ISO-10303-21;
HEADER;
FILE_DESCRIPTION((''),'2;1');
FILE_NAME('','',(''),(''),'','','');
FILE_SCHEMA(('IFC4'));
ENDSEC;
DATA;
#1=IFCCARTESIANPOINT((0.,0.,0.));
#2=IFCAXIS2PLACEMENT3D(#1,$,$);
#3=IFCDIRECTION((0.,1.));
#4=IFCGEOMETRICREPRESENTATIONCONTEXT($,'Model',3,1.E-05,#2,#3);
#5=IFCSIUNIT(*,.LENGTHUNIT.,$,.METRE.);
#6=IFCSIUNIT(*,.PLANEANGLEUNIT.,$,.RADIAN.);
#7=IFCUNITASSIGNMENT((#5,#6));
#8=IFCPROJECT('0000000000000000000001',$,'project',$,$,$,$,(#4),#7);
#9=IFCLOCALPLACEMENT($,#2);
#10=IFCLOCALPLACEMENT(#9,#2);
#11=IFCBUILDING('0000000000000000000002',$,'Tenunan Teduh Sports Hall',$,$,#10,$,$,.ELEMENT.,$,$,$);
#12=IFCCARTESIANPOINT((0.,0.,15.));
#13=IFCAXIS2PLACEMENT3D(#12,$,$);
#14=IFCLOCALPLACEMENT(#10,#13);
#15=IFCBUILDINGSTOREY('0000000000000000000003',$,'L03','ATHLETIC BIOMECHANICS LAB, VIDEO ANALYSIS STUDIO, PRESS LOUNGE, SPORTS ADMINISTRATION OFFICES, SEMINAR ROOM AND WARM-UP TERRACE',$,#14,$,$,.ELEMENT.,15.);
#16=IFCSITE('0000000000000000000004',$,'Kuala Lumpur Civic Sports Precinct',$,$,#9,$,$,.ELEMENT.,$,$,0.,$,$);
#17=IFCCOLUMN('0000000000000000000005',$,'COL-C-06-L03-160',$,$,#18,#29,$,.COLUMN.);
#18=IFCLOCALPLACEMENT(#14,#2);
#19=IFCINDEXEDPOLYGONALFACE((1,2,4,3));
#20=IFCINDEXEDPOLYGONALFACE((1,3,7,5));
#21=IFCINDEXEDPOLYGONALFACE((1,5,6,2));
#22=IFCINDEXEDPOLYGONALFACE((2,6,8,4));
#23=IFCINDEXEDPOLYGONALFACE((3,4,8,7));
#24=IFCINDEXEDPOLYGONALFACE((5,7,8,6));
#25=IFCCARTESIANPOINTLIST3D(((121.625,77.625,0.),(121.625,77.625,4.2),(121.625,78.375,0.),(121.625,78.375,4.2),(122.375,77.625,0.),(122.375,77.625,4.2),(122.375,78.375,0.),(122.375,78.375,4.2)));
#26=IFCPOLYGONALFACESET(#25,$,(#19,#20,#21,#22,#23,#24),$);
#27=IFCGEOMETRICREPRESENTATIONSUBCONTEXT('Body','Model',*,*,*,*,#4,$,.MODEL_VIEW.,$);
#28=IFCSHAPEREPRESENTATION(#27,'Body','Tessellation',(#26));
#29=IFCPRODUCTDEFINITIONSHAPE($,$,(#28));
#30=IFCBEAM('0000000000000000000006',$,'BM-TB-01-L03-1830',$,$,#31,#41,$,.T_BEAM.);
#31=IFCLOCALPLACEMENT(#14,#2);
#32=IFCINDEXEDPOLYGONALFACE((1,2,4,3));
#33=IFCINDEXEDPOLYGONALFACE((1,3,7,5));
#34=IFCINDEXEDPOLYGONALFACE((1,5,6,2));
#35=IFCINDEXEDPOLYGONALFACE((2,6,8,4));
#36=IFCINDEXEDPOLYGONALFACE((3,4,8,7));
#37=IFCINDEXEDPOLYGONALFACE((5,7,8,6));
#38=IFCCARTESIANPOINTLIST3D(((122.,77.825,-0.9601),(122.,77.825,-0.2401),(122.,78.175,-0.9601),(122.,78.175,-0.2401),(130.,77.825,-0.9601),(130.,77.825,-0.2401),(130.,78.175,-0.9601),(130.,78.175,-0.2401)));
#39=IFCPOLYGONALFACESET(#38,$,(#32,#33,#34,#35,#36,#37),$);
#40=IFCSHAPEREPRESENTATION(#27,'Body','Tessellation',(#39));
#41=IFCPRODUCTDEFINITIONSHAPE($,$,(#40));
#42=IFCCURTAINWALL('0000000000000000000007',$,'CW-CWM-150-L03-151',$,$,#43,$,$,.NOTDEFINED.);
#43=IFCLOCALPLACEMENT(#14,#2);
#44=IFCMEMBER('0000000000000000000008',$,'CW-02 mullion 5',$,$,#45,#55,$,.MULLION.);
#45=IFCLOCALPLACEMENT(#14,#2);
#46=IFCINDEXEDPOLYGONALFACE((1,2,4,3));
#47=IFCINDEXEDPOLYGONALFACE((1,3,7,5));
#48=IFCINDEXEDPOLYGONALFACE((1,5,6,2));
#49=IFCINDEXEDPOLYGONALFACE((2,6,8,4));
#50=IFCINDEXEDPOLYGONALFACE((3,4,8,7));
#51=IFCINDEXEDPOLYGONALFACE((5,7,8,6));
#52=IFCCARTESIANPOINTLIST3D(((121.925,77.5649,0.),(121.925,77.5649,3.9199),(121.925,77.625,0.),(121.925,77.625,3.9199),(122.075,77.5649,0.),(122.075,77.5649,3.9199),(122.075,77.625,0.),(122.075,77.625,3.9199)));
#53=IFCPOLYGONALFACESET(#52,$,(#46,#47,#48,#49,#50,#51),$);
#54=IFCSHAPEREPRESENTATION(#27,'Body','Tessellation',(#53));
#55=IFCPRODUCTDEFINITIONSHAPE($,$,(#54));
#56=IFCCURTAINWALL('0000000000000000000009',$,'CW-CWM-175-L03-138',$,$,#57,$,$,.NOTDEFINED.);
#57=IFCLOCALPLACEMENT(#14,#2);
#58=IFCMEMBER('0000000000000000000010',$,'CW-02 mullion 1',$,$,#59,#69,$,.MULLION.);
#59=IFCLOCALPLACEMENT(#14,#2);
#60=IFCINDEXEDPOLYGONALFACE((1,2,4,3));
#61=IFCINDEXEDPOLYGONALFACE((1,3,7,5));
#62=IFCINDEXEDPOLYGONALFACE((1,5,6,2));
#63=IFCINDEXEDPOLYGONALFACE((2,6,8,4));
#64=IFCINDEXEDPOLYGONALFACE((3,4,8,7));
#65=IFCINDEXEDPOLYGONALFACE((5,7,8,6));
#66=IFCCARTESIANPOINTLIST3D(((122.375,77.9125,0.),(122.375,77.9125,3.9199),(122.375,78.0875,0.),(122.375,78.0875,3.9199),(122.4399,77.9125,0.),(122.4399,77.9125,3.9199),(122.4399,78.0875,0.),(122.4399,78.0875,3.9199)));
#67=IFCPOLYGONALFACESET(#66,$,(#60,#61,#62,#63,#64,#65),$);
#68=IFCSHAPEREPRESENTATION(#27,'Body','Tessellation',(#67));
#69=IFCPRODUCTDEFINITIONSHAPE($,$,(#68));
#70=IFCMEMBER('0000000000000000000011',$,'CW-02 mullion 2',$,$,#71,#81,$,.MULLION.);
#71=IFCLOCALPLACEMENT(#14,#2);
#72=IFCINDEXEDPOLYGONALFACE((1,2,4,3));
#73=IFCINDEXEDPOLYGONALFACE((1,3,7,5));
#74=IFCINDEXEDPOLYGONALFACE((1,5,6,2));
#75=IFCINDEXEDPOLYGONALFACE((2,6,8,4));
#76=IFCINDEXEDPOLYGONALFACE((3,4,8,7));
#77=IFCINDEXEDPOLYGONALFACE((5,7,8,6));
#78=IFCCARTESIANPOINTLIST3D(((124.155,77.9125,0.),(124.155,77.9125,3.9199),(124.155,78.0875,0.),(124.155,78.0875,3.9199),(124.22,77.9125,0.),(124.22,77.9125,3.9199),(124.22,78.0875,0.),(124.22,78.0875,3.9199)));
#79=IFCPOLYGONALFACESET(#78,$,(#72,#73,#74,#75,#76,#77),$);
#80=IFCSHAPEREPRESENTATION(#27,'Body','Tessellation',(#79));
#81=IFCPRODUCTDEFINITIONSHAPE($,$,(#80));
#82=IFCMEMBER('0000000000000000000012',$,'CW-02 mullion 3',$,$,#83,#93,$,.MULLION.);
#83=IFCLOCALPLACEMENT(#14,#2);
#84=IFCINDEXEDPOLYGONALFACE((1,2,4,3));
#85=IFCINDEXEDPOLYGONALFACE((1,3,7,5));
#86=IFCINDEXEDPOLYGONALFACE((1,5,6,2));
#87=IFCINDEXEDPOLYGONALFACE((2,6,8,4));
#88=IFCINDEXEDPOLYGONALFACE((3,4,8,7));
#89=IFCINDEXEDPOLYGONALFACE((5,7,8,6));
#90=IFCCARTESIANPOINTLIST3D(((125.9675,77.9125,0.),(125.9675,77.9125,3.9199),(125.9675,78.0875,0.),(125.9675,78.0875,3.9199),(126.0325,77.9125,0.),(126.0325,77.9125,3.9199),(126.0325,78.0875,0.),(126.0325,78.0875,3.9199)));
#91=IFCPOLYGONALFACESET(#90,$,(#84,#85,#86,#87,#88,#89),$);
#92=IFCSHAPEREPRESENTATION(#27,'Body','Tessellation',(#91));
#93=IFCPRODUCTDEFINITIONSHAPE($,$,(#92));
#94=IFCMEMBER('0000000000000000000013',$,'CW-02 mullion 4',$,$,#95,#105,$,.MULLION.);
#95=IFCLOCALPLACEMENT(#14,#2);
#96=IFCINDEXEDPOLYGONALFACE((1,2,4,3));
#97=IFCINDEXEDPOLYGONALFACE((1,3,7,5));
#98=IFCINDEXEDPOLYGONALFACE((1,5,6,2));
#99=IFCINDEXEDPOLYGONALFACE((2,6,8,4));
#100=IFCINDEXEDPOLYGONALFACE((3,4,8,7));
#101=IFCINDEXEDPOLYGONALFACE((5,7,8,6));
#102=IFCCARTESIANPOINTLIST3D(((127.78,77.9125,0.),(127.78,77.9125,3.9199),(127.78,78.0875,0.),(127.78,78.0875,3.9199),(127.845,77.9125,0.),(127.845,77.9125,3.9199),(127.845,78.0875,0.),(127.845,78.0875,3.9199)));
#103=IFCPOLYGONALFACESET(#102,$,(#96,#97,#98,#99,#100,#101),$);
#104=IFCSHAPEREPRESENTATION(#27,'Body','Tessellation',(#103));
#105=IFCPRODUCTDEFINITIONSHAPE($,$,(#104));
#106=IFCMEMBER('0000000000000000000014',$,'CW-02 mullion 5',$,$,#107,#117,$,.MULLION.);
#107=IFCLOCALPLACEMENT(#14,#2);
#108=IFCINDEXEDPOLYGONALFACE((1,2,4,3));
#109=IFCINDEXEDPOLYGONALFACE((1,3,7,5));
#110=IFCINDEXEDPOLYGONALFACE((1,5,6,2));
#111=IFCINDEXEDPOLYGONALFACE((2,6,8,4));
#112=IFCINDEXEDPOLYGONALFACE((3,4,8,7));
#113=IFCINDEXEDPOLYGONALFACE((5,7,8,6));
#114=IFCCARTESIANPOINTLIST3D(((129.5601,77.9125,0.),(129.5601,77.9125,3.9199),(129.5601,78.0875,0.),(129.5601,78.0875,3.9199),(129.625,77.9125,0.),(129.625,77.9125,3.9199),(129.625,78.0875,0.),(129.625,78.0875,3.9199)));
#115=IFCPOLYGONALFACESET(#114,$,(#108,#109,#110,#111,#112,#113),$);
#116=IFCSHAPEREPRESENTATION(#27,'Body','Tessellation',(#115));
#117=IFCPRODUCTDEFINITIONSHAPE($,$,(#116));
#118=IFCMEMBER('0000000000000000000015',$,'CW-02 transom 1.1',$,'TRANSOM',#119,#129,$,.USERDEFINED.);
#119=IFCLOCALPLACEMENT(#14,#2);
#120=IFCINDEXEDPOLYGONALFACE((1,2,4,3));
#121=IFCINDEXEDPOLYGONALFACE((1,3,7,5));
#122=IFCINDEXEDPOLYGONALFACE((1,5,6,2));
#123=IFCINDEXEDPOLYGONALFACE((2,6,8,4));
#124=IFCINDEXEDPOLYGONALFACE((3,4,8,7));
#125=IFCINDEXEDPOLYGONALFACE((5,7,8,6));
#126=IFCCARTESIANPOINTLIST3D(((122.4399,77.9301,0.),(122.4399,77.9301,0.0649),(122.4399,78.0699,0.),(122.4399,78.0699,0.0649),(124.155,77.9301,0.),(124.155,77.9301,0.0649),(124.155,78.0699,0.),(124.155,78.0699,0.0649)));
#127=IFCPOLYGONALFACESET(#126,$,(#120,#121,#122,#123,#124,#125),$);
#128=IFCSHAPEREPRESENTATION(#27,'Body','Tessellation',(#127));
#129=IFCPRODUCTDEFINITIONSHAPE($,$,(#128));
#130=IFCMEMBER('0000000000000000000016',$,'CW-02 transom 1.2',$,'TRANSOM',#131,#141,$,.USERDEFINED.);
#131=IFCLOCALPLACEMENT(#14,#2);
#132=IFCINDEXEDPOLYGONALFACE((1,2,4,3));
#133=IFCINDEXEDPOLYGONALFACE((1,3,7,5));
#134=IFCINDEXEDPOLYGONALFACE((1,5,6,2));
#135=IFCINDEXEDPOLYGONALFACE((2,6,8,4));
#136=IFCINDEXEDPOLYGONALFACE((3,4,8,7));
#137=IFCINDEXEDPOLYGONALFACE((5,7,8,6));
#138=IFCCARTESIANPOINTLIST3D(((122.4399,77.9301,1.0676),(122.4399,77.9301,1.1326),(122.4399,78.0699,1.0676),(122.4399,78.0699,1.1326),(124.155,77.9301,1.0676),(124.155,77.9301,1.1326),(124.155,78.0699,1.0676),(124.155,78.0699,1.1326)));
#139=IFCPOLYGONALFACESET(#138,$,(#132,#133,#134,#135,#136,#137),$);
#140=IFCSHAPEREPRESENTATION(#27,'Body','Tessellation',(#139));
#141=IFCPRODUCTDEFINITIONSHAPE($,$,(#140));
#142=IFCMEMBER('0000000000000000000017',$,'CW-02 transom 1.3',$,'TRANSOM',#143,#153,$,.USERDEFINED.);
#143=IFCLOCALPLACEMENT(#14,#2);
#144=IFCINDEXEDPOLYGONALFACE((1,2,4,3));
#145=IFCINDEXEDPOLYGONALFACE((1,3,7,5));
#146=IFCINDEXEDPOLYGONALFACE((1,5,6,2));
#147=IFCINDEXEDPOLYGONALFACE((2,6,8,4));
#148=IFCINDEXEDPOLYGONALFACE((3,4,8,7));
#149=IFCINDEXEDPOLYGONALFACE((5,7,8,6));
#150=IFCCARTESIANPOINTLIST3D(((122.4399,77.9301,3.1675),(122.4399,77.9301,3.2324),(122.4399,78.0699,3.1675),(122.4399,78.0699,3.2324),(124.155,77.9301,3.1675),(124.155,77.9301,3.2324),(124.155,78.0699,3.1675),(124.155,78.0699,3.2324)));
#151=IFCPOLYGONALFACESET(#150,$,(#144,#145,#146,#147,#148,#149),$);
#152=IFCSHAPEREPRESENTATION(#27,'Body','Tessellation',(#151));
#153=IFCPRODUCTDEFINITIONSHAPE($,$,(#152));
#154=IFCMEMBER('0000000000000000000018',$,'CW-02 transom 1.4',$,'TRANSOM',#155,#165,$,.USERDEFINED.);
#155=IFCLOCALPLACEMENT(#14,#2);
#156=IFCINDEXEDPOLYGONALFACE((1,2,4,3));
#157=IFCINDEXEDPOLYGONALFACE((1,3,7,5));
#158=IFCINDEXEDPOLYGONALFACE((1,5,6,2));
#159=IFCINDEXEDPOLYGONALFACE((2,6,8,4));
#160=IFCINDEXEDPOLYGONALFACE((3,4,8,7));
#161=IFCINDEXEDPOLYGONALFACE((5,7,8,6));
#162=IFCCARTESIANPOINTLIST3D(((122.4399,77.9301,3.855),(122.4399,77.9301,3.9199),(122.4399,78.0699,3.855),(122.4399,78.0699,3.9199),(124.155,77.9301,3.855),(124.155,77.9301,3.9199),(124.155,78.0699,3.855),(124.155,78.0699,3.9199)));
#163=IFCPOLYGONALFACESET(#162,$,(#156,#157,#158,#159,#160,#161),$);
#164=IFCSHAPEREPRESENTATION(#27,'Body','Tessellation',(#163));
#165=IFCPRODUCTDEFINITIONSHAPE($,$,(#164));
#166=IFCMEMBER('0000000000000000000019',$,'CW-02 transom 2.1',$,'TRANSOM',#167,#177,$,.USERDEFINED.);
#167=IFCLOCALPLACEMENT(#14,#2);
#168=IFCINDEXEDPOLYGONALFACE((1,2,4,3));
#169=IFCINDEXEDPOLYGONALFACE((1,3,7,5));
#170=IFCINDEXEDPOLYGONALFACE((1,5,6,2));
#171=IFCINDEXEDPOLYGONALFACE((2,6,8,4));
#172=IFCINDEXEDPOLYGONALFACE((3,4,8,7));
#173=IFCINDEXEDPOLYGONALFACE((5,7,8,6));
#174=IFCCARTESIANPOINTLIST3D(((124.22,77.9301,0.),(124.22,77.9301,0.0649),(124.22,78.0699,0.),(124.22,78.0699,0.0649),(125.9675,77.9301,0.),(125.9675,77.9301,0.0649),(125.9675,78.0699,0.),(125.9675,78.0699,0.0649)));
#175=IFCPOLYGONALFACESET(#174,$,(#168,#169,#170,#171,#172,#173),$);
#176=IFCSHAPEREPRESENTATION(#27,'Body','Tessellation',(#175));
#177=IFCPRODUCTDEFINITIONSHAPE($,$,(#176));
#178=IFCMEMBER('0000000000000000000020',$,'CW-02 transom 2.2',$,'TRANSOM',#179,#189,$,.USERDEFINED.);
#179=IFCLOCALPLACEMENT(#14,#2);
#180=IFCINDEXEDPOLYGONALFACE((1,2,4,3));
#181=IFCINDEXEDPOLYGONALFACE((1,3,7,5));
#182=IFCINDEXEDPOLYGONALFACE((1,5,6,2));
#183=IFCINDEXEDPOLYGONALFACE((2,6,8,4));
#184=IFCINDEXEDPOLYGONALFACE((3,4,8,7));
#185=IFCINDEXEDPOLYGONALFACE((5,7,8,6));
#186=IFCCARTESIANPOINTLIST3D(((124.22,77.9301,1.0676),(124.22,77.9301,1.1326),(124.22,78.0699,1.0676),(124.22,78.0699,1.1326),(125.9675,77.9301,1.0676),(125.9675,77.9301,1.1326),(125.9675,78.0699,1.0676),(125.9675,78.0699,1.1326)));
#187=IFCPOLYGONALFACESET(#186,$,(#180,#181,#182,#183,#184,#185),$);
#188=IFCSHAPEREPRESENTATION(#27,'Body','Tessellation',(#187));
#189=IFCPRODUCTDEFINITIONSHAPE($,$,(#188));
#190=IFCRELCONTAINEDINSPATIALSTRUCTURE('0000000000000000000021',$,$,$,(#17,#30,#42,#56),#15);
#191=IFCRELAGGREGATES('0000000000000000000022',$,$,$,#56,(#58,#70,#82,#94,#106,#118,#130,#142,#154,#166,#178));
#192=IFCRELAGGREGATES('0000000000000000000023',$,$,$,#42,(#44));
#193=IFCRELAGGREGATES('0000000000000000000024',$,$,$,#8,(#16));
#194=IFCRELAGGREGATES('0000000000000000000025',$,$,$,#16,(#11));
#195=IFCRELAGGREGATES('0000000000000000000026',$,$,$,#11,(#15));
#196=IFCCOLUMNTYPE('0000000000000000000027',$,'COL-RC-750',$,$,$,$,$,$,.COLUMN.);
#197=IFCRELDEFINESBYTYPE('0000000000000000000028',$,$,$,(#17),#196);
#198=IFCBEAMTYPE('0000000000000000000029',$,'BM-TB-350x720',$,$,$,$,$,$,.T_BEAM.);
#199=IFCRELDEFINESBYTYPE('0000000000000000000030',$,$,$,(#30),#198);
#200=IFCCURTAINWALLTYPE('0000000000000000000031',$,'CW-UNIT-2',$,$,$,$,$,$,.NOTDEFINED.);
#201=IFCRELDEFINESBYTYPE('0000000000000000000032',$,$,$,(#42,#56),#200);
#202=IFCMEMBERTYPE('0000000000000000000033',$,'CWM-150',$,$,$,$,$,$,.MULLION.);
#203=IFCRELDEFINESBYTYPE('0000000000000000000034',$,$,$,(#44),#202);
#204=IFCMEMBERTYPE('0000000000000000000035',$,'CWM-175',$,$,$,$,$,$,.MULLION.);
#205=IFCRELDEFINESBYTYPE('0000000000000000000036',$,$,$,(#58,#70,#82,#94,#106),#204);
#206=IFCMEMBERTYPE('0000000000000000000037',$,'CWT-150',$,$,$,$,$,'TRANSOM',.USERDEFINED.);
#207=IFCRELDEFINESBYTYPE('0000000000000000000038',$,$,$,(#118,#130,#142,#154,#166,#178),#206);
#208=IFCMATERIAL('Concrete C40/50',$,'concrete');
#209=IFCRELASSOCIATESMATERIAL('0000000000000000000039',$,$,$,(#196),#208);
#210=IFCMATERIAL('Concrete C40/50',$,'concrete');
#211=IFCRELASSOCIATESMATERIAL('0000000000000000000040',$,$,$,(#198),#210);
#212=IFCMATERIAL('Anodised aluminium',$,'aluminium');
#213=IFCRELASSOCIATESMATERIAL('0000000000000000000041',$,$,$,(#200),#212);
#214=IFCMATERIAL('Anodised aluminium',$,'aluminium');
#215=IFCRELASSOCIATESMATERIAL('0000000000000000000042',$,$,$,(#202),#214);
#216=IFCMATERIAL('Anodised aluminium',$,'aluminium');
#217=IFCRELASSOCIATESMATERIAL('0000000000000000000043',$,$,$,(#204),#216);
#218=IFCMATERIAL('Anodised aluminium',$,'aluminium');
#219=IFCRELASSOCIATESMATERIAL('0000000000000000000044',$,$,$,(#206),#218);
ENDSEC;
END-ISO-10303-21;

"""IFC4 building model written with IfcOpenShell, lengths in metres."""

from ifc_helpers import new_model, si_unit, direction, frame, origin, origin_2d, place, context, subcontext, project, spatial, rectangle, extrude, material, material_profile, profile_set, type_object, element, aggregate, save


model = new_model("IFC4")

# Units and contexts
model_context = context("Model", 3, precision=1e-05, world=origin(), true_north=direction((0.0, 1.0)))
body_context = subcontext(model_context, "Body", "Model", "MODEL_VIEW")
ifc_project = project(units=[si_unit("LENGTHUNIT", "METRE"), si_unit("PLANEANGLEUNIT", "RADIAN")], contexts=[model_context])

# Site, building, storey
site_placement = place(None, origin())
site = spatial("IfcSite", under=ifc_project, at=site_placement, Name="Kuala Lumpur Civic Sports Precinct", CompositionType="ELEMENT", RefElevation=0.0)
building_placement = place(site_placement, origin())
building = spatial("IfcBuilding", under=site, at=building_placement, Name="Tenunan Teduh Sports Hall", CompositionType="ELEMENT")
storey_placement = place(building_placement, frame((0.0, 0.0, 15.0)))
storey = spatial("IfcBuildingStorey", under=building, at=storey_placement, Name="L03", Description="ATHLETIC BIOMECHANICS LAB, VIDEO ANALYSIS STUDIO, PRESS LOUNGE, SPORTS ADMINISTRATION OFFICES, SEMINAR ROOM AND WARM-UP TERRACE", CompositionType="ELEMENT", Elevation=15.0)

# Column
ifc_material_1 = material(Name="Concrete C40/50", Category="concrete")
ifc_material_profile_1 = material_profile(ifc_material_1, rectangle(XDim=0.75, YDim=0.75, at=origin_2d()), Name="RC 750x750")
ifc_profile_set_1 = profile_set([ifc_material_profile_1], Name="Concrete C40/50")
column_type = type_object("IfcColumnType", Name="COL-RC-750", PredefinedType="COLUMN", material=ifc_profile_set_1)
column_placement = place(storey_placement, frame((122.0, 78.0, 0.0), z_axis=(0.0, 0.0, 1.0), x_axis=(1.0, 0.0, 0.0)))
element("IfcColumn", 1, at=column_placement, inside=storey, type_object=column_type, Name="COL-C-06-L03-160", PredefinedType="COLUMN", context=body_context, shape_type="SweptSolid", body=[
    extrude(rectangle(XDim=0.75, YDim=0.75, at=origin_2d()), origin(), (0.0, 0.0, 1.0), 4.2),
])

# Beam
ifc_material_2 = material(Name="Concrete C40/50", Category="concrete")
ifc_material_profile_2 = material_profile(ifc_material_2, rectangle(XDim=0.3501, YDim=0.72, at=origin_2d()), Name="TB 350x720")
ifc_profile_set_2 = profile_set([ifc_material_profile_2], Name="Concrete C40/50")
beam_type = type_object("IfcBeamType", Name="BM-TB-350x720", PredefinedType="T_BEAM", material=ifc_profile_set_2)
beam_placement = place(storey_placement, frame((122.0, 78.0, -0.6001), z_axis=(1.0, 0.0, 0.0), x_axis=(0.0, 1.0, 0.0)))
element("IfcBeam", 2, at=beam_placement, inside=storey, type_object=beam_type, Name="BM-TB-01-L03-1830", PredefinedType="T_BEAM", context=body_context, shape_type="SweptSolid", body=[
    extrude(rectangle(XDim=0.3501, YDim=0.72, at=origin_2d()), origin(), (0.0, 0.0, 1.0), 8.0),
])

# Curtain wall, member
ifc_material_3 = material(Name="Anodised aluminium", Category="aluminium")
curtain_wall_type = type_object("IfcCurtainWallType", Name="CW-UNIT-2", PredefinedType="NOTDEFINED", material=ifc_material_3)
curtain_wall_1_placement = place(storey_placement, origin())
curtain_wall_1 = element("IfcCurtainWall", 3, at=curtain_wall_1_placement, inside=storey, type_object=curtain_wall_type, Name="CW-CWM-150-L03-151", PredefinedType="NOTDEFINED")
ifc_material_4 = material(Name="Anodised aluminium", Category="aluminium")
ifc_material_profile_3 = material_profile(ifc_material_4, rectangle(XDim=0.0601, YDim=0.1499, at=origin_2d()), Name="CWM 60x150")
ifc_profile_set_3 = profile_set([ifc_material_profile_3], Name="Anodised aluminium")
member_type_1 = type_object("IfcMemberType", Name="CWM-150", PredefinedType="MULLION", material=ifc_profile_set_3)
member_1_placement = place(storey_placement, frame((122.0, 77.595, 0.0), z_axis=(0.0, 0.0, 1.0), x_axis=(0.0, 1.0, 0.0)))
member_1 = element("IfcMember", 4, at=member_1_placement, type_object=member_type_1, Name="CW-02 mullion 5", PredefinedType="MULLION", context=body_context, shape_type="SweptSolid", body=[
    extrude(rectangle(XDim=0.0601, YDim=0.1499, at=origin_2d()), origin(), (0.0, 0.0, 1.0), 3.9199),
])

# Curtain wall, members
curtain_wall_2_placement = place(storey_placement, origin())
curtain_wall_2 = element("IfcCurtainWall", 5, at=curtain_wall_2_placement, inside=storey, type_object=curtain_wall_type, Name="CW-CWM-175-L03-138", PredefinedType="NOTDEFINED")
ifc_material_5 = material(Name="Anodised aluminium", Category="aluminium")
ifc_material_profile_4 = material_profile(ifc_material_5, rectangle(XDim=0.0649, YDim=0.175, at=origin_2d()), Name="CWM 65x175")
ifc_profile_set_4 = profile_set([ifc_material_profile_4], Name="Anodised aluminium")
member_type_2 = type_object("IfcMemberType", Name="CWM-175", PredefinedType="MULLION", material=ifc_profile_set_4)
member_2_placement = place(storey_placement, frame((122.4075, 78.0, 0.0), z_axis=(0.0, 0.0, 1.0), x_axis=(1.0, 0.0, 0.0)))
member_2 = element("IfcMember", 6, at=member_2_placement, type_object=member_type_2, Name="CW-02 mullion 1", PredefinedType="MULLION", context=body_context, shape_type="SweptSolid", body=[
    extrude(rectangle(XDim=0.0649, YDim=0.175, at=origin_2d()), origin(), (0.0, 0.0, 1.0), 3.9199),
])
member_3_placement = place(storey_placement, frame((124.1875, 78.0, 0.0), z_axis=(0.0, 0.0, 1.0), x_axis=(1.0, 0.0, 0.0)))
member_3 = element("IfcMember", 7, at=member_3_placement, type_object=member_type_2, Name="CW-02 mullion 2", PredefinedType="MULLION", context=body_context, shape_type="SweptSolid", body=[
    extrude(rectangle(XDim=0.0649, YDim=0.175, at=origin_2d()), origin(), (0.0, 0.0, 1.0), 3.9199),
])
member_4_placement = place(storey_placement, frame((126.0, 78.0, 0.0), z_axis=(0.0, 0.0, 1.0), x_axis=(1.0, 0.0, 0.0)))
member_4 = element("IfcMember", 8, at=member_4_placement, type_object=member_type_2, Name="CW-02 mullion 3", PredefinedType="MULLION", context=body_context, shape_type="SweptSolid", body=[
    extrude(rectangle(XDim=0.0649, YDim=0.175, at=origin_2d()), origin(), (0.0, 0.0, 1.0), 3.9199),
])
member_5_placement = place(storey_placement, frame((127.8125, 78.0, 0.0), z_axis=(0.0, 0.0, 1.0), x_axis=(1.0, 0.0, 0.0)))
member_5 = element("IfcMember", 9, at=member_5_placement, type_object=member_type_2, Name="CW-02 mullion 4", PredefinedType="MULLION", context=body_context, shape_type="SweptSolid", body=[
    extrude(rectangle(XDim=0.0649, YDim=0.175, at=origin_2d()), origin(), (0.0, 0.0, 1.0), 3.9199),
])
member_6_placement = place(storey_placement, frame((129.5925, 78.0, 0.0), z_axis=(0.0, 0.0, 1.0), x_axis=(1.0, 0.0, 0.0)))
member_6 = element("IfcMember", 10, at=member_6_placement, type_object=member_type_2, Name="CW-02 mullion 5", PredefinedType="MULLION", context=body_context, shape_type="SweptSolid", body=[
    extrude(rectangle(XDim=0.0649, YDim=0.175, at=origin_2d()), origin(), (0.0, 0.0, 1.0), 3.9199),
])
ifc_material_6 = material(Name="Anodised aluminium", Category="aluminium")
ifc_material_profile_5 = material_profile(ifc_material_6, rectangle(XDim=0.0649, YDim=0.1399, at=origin_2d()), Name="CWT 65x140")
ifc_profile_set_5 = profile_set([ifc_material_profile_5], Name="Anodised aluminium")
member_type_3 = type_object("IfcMemberType", Name="CWT-150", ElementType="TRANSOM", PredefinedType="USERDEFINED", material=ifc_profile_set_5)
member_7_placement = place(storey_placement, frame((122.4399, 78.0, 0.0325), z_axis=(1.0, 0.0, 0.0), x_axis=(0.0, 0.0, 1.0)))
member_7 = element("IfcMember", 11, at=member_7_placement, type_object=member_type_3, Name="CW-02 transom 1.1", ObjectType="TRANSOM", PredefinedType="USERDEFINED", context=body_context, shape_type="SweptSolid", body=[
    extrude(rectangle(XDim=0.0649, YDim=0.1399, at=origin_2d()), origin(), (0.0, 0.0, 1.0), 1.7151),
])
member_8_placement = place(storey_placement, frame((122.4399, 78.0, 1.1001), z_axis=(1.0, 0.0, 0.0), x_axis=(0.0, 0.0, 1.0)))
member_8 = element("IfcMember", 12, at=member_8_placement, type_object=member_type_3, Name="CW-02 transom 1.2", ObjectType="TRANSOM", PredefinedType="USERDEFINED", context=body_context, shape_type="SweptSolid", body=[
    extrude(rectangle(XDim=0.0649, YDim=0.1399, at=origin_2d()), origin(), (0.0, 0.0, 1.0), 1.7151),
])
member_9_placement = place(storey_placement, frame((122.4399, 78.0, 3.2), z_axis=(1.0, 0.0, 0.0), x_axis=(0.0, 0.0, 1.0)))
member_9 = element("IfcMember", 13, at=member_9_placement, type_object=member_type_3, Name="CW-02 transom 1.3", ObjectType="TRANSOM", PredefinedType="USERDEFINED", context=body_context, shape_type="SweptSolid", body=[
    extrude(rectangle(XDim=0.0649, YDim=0.1399, at=origin_2d()), origin(), (0.0, 0.0, 1.0), 1.7151),
])
member_10_placement = place(storey_placement, frame((122.4399, 78.0, 3.8875), z_axis=(1.0, 0.0, 0.0), x_axis=(0.0, 0.0, 1.0)))
member_10 = element("IfcMember", 14, at=member_10_placement, type_object=member_type_3, Name="CW-02 transom 1.4", ObjectType="TRANSOM", PredefinedType="USERDEFINED", context=body_context, shape_type="SweptSolid", body=[
    extrude(rectangle(XDim=0.0649, YDim=0.1399, at=origin_2d()), origin(), (0.0, 0.0, 1.0), 1.7151),
])
member_11_placement = place(storey_placement, frame((124.22, 78.0, 0.0325), z_axis=(1.0, 0.0, 0.0), x_axis=(0.0, 0.0, 1.0)))
member_11 = element("IfcMember", 15, at=member_11_placement, type_object=member_type_3, Name="CW-02 transom 2.1", ObjectType="TRANSOM", PredefinedType="USERDEFINED", context=body_context, shape_type="SweptSolid", body=[
    extrude(rectangle(XDim=0.0649, YDim=0.1399, at=origin_2d()), origin(), (0.0, 0.0, 1.0), 1.7476),
])
member_12_placement = place(storey_placement, frame((124.22, 78.0, 1.1001), z_axis=(1.0, 0.0, 0.0), x_axis=(0.0, 0.0, 1.0)))
member_12 = element("IfcMember", 16, at=member_12_placement, type_object=member_type_3, Name="CW-02 transom 2.2", ObjectType="TRANSOM", PredefinedType="USERDEFINED", context=body_context, shape_type="SweptSolid", body=[
    extrude(rectangle(XDim=0.0649, YDim=0.1399, at=origin_2d()), origin(), (0.0, 0.0, 1.0), 1.7476),
])

aggregate(curtain_wall_2, [member_2, member_3, member_4, member_5, member_6, member_7, member_8, member_9, member_10, member_11, member_12])
aggregate(curtain_wall_1, [member_1])

save(model, "model.ifc")
